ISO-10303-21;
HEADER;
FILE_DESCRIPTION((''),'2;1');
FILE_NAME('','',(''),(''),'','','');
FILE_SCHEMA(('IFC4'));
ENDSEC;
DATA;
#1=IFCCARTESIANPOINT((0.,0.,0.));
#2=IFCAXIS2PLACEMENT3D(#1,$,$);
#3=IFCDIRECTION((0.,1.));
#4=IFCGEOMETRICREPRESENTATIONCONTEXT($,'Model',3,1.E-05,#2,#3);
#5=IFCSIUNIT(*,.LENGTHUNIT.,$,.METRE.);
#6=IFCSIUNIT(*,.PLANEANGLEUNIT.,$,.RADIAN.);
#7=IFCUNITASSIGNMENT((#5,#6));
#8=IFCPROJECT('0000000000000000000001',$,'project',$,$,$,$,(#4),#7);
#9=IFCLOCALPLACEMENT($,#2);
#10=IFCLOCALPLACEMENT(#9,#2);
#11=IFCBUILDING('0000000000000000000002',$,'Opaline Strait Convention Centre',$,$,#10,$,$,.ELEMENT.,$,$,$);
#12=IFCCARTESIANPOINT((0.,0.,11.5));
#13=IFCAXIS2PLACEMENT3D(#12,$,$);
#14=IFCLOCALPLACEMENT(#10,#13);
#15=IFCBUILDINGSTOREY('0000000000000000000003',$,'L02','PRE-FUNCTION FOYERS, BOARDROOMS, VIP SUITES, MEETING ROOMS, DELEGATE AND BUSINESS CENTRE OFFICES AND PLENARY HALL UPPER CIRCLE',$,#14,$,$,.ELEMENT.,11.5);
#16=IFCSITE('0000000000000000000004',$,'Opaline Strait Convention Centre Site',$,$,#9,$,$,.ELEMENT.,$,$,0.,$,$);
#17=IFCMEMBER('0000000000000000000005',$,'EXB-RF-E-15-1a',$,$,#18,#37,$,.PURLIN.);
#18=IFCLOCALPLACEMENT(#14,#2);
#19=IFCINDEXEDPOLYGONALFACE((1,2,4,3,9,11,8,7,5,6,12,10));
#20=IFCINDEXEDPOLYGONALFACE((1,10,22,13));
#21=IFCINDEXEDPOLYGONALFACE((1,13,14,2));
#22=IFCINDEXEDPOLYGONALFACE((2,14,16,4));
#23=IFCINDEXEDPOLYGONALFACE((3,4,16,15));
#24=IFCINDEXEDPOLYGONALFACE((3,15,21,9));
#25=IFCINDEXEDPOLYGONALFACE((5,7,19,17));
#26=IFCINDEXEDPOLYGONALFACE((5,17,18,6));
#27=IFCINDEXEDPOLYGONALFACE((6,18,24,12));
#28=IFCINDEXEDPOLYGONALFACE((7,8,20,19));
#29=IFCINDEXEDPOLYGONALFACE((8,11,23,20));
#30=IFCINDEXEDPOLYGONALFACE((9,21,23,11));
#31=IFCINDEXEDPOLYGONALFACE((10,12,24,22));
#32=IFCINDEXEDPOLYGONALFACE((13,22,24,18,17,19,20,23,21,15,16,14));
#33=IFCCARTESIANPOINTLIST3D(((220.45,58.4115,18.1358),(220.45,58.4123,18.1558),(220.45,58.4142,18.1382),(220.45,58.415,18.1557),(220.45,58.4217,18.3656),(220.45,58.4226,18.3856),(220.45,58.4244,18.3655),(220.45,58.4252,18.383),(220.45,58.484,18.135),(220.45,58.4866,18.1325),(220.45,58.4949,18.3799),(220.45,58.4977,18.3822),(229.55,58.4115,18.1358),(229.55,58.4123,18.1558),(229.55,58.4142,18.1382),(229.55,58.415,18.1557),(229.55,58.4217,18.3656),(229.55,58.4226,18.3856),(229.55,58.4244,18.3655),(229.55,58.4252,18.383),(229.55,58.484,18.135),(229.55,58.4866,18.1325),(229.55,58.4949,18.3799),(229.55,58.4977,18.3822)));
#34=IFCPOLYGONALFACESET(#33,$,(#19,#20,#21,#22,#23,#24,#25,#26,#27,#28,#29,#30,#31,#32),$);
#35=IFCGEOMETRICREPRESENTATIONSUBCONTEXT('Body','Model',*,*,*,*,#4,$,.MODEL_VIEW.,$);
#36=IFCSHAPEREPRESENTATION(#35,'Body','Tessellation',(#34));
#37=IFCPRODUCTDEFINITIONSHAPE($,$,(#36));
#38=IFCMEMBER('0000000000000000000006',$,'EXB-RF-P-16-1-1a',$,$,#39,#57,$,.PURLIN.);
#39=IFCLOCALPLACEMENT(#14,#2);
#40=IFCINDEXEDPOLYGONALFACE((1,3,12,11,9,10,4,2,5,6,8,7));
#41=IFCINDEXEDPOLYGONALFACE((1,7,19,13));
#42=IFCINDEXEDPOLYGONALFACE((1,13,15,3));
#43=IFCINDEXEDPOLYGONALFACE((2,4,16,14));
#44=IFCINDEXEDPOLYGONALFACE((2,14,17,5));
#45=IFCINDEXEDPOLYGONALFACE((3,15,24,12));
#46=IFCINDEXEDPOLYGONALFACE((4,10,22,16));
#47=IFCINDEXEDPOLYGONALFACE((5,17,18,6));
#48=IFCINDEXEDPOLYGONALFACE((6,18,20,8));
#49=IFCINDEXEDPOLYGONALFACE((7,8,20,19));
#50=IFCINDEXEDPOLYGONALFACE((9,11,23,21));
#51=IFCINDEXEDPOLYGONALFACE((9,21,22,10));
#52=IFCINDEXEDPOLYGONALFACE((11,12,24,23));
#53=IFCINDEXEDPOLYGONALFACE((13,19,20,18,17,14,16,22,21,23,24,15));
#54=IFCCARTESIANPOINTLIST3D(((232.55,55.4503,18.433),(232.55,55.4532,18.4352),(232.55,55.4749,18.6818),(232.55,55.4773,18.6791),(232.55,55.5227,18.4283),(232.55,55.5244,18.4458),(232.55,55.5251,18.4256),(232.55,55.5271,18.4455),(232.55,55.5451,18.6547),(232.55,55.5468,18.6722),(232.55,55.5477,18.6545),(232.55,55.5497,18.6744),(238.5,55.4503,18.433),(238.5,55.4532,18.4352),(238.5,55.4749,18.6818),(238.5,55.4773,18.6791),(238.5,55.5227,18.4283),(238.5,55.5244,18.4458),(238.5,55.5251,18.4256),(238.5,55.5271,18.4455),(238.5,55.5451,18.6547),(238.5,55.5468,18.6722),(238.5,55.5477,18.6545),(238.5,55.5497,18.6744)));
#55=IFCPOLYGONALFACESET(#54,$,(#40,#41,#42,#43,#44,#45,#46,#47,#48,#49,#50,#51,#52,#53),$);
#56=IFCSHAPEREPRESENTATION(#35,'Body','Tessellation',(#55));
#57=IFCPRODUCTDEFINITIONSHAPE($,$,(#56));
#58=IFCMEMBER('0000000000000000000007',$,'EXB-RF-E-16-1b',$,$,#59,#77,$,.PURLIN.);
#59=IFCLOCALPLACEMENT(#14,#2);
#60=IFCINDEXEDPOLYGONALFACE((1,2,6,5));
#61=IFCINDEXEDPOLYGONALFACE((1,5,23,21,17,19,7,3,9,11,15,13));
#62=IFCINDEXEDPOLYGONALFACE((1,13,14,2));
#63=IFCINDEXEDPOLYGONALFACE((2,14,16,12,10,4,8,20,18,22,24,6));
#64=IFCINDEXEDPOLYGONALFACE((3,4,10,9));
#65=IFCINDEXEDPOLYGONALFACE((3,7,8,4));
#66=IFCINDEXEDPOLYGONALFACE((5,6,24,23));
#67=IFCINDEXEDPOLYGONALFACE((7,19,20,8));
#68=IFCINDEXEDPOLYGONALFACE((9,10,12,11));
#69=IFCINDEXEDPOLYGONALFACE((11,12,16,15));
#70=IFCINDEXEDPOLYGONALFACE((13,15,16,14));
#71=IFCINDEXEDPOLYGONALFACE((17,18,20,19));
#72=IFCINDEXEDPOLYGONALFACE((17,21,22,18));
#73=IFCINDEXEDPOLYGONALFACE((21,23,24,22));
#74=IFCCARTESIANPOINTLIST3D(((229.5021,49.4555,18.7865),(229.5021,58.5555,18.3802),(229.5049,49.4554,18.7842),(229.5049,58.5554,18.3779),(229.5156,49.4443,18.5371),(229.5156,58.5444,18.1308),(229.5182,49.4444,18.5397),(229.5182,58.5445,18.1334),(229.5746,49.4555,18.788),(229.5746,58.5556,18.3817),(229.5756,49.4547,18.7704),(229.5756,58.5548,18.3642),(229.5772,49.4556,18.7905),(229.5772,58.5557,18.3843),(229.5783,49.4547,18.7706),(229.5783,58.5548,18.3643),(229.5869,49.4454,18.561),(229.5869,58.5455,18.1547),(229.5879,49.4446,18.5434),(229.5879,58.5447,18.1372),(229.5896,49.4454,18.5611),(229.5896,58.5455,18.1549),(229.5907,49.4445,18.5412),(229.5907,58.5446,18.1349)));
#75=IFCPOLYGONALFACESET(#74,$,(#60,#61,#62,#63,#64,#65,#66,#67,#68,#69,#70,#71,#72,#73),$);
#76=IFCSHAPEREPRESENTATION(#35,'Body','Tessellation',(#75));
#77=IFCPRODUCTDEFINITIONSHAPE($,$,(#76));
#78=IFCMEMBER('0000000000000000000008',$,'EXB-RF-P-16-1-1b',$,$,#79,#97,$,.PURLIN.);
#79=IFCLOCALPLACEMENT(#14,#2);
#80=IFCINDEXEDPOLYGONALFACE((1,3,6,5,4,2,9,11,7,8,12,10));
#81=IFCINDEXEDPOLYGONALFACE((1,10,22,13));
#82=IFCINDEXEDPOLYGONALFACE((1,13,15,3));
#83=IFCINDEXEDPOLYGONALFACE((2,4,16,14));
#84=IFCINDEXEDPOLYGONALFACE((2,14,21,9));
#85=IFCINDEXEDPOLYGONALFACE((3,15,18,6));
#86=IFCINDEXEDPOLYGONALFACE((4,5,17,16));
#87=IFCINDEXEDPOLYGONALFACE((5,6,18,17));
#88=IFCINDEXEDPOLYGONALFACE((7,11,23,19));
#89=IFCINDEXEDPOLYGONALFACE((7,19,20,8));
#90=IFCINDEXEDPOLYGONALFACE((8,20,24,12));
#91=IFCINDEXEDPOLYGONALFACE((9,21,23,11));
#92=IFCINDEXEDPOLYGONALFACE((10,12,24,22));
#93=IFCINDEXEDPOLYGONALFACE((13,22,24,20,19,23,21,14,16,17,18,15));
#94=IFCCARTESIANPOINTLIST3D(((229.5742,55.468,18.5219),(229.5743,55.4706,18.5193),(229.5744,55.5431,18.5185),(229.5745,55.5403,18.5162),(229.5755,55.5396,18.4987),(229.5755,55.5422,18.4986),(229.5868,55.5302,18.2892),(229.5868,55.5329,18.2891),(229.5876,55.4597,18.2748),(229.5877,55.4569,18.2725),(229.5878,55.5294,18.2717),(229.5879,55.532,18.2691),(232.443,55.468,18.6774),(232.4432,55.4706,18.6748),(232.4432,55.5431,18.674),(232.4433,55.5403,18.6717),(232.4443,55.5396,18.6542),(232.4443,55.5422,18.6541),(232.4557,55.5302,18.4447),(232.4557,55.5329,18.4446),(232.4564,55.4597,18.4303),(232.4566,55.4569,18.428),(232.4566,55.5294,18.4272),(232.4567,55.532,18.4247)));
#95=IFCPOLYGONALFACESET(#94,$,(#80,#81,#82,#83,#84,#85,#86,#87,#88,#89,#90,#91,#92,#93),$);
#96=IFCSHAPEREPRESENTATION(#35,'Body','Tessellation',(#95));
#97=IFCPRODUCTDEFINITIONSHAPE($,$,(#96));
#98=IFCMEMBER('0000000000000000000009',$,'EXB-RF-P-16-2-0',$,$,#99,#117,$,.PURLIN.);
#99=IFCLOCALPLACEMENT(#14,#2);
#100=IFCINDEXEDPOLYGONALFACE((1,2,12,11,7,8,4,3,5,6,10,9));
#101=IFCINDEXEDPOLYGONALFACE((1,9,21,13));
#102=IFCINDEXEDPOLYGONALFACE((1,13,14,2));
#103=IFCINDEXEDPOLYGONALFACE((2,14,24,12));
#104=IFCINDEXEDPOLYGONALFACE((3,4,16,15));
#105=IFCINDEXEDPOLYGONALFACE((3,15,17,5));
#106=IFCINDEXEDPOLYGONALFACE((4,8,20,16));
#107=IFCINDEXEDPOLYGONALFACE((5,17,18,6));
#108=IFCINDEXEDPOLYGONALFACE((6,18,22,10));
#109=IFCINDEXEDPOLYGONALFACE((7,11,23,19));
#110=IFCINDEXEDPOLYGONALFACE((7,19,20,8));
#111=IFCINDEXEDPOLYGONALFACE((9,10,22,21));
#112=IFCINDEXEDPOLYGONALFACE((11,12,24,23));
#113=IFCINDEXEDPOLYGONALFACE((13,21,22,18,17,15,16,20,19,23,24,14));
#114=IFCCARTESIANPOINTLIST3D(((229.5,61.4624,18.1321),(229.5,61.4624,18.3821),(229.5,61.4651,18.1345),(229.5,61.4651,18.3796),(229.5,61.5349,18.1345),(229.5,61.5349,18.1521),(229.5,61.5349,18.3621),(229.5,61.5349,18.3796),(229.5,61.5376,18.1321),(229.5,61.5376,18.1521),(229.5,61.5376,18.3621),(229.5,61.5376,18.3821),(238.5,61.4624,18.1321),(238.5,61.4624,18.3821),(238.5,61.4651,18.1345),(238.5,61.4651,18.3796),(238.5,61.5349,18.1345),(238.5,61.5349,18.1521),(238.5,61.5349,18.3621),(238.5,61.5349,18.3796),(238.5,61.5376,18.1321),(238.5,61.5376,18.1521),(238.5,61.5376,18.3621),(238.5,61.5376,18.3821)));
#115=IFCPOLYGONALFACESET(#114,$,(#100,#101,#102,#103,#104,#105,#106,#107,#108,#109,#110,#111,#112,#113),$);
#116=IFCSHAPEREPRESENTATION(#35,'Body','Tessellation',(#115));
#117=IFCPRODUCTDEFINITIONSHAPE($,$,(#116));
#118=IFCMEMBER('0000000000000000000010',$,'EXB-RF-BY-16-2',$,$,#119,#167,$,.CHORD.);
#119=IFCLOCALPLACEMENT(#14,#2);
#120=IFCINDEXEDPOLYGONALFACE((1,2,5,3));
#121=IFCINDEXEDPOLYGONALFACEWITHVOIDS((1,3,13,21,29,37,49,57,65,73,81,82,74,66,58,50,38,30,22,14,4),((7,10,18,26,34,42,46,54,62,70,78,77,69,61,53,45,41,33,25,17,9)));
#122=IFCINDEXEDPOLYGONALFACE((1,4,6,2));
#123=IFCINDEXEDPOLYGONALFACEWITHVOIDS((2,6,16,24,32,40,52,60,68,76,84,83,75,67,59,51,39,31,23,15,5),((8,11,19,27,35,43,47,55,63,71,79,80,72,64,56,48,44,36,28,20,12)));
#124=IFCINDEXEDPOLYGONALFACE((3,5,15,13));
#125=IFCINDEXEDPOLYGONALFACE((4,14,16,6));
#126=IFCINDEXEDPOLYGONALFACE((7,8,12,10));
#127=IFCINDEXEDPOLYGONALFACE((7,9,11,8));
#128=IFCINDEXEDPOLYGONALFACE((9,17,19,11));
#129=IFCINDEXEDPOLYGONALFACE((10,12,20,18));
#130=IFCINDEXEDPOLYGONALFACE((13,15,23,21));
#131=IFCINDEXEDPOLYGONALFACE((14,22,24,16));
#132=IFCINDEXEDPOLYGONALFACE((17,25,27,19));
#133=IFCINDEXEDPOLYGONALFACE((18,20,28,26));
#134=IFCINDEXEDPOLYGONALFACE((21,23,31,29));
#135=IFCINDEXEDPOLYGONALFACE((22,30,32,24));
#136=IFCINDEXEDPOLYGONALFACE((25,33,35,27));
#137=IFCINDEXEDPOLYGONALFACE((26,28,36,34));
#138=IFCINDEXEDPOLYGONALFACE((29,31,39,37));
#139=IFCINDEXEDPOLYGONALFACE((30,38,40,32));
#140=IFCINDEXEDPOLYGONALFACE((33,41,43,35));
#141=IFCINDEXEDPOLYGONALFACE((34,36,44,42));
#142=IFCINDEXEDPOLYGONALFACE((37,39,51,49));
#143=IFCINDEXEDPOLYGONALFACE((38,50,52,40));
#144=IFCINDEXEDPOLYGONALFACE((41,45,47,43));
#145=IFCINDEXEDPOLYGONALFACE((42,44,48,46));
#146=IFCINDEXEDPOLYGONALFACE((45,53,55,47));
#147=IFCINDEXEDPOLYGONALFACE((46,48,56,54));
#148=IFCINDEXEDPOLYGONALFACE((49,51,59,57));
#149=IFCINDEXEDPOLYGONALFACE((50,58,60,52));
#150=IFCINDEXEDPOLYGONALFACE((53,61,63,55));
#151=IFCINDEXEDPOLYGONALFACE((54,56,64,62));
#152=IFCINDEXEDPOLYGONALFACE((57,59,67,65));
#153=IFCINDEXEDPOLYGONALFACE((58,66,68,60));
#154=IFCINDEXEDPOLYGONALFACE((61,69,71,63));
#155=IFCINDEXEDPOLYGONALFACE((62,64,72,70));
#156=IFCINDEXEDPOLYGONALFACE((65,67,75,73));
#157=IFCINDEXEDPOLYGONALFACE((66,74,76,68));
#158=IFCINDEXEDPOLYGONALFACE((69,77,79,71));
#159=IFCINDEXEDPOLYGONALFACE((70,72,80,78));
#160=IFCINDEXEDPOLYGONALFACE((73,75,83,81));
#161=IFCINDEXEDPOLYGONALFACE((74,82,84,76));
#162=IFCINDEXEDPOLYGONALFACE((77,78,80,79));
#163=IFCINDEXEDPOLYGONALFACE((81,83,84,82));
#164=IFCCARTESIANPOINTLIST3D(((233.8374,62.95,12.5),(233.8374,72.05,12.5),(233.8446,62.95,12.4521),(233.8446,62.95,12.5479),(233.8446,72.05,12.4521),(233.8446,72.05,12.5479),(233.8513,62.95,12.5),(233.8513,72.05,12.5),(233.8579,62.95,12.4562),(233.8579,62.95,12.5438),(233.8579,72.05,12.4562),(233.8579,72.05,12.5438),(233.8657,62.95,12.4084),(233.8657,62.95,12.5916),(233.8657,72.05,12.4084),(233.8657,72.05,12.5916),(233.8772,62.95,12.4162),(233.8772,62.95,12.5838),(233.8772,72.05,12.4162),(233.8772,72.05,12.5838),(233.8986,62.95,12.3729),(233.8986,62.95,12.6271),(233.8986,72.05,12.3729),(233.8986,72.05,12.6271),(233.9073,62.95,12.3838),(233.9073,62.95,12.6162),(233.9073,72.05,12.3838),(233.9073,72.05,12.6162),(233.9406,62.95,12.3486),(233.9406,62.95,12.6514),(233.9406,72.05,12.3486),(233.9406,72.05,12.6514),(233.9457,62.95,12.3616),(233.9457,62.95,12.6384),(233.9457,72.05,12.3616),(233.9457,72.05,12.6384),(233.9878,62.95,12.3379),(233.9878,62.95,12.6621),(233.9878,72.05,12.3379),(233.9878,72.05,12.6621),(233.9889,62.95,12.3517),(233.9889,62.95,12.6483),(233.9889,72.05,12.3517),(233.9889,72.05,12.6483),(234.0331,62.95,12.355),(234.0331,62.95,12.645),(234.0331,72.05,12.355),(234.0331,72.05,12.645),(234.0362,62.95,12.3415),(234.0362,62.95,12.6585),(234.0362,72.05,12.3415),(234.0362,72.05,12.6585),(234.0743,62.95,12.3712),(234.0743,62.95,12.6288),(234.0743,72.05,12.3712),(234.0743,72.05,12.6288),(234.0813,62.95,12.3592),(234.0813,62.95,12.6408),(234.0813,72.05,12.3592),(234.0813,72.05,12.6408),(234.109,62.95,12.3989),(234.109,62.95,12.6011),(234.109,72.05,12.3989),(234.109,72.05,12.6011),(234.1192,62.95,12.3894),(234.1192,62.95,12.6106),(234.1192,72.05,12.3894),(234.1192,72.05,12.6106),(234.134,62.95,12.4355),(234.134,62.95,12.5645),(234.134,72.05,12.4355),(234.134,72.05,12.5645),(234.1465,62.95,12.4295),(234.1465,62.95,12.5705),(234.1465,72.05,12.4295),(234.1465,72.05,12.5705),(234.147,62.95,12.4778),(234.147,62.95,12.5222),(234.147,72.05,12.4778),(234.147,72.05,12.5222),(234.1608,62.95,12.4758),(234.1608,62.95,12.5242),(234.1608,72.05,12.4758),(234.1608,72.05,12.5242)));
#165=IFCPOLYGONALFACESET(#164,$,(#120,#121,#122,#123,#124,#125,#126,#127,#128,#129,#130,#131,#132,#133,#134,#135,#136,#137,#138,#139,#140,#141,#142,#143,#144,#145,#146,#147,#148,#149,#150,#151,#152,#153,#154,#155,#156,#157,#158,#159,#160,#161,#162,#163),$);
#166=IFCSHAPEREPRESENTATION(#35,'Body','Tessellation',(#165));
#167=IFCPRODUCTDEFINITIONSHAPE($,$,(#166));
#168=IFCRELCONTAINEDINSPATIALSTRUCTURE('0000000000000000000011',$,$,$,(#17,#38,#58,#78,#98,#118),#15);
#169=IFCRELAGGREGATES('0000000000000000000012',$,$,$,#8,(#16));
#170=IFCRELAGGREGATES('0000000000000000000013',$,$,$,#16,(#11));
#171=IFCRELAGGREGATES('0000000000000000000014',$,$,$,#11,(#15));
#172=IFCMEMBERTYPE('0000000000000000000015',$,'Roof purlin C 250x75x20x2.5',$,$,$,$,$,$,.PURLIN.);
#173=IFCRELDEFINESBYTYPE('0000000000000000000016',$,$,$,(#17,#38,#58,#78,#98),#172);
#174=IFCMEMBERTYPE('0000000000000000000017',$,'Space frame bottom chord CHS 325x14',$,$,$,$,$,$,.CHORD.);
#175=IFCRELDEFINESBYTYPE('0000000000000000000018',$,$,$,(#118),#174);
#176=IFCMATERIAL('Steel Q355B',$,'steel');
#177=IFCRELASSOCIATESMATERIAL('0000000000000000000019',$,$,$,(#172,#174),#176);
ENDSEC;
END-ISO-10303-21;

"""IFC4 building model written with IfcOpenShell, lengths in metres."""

from ifc_helpers import new_model, si_unit, direction, frame, origin, origin_2d, place, context, subcontext, project, spatial, polyline, hollow_circle, outline, extrude, material, material_profile, profile_set, type_object, element, save


model = new_model("IFC4")

# Units and contexts
model_context = context("Model", 3, precision=1e-05, world=origin(), true_north=direction((0.0, 1.0)))
body_context = subcontext(model_context, "Body", "Model", "MODEL_VIEW")
ifc_project = project(units=[si_unit("LENGTHUNIT", "METRE"), si_unit("PLANEANGLEUNIT", "RADIAN")], contexts=[model_context])

# Site, building, storey
site_placement = place(None, origin())
site = spatial("IfcSite", under=ifc_project, at=site_placement, Name="Opaline Strait Convention Centre Site", CompositionType="ELEMENT", RefElevation=0.0)
building_placement = place(site_placement, origin())
building = spatial("IfcBuilding", under=site, at=building_placement, Name="Opaline Strait Convention Centre", CompositionType="ELEMENT")
storey_placement = place(building_placement, frame((0.0, 0.0, 11.5)))
storey = spatial("IfcBuildingStorey", under=building, at=storey_placement, Name="L02", Description="PRE-FUNCTION FOYERS, BOARDROOMS, VIP SUITES, MEETING ROOMS, DELEGATE AND BUSINESS CENTRE OFFICES AND PLENARY HALL UPPER CIRCLE", CompositionType="ELEMENT", Elevation=11.5)

# Members
ifc_material_1 = material(Name="Steel Q355B", Category="steel")
ifc_material_profile_1 = material_profile(ifc_material_1, outline(polyline([(-0.0376, -0.125), (0.0376, -0.125), (0.0376, -0.105), (0.0349, -0.105), (0.0349, -0.1226), (-0.0349, -0.1226), (-0.0349, 0.1226), (0.0349, 0.1226), (0.0349, 0.105), (0.0376, 0.105), (0.0376, 0.125), (-0.0376, 0.125), (-0.0376, -0.125)])), Name="C 250x75x20x2.5")
ifc_profile_set_1 = profile_set([ifc_material_profile_1], Name="Steel Q355B")
member_type_1 = type_object("IfcMemberType", Name="Roof purlin C 250x75x20x2.5", PredefinedType="PURLIN", material=ifc_profile_set_1)
member_1_placement = place(storey_placement, frame((229.55, 58.4546, 18.259), z_axis=(-1.0, 0.0, 0.0), x_axis=(0.0, -0.999005, 0.044606)))
element("IfcMember", 1, at=member_1_placement, inside=storey, type_object=member_type_1, Name="EXB-RF-E-15-1a", PredefinedType="PURLIN", context=body_context, shape_type="SweptSolid", body=[
    extrude(outline(polyline([(-0.0376, -0.125), (0.0376, -0.125), (0.0376, -0.105), (0.0349, -0.105), (0.0349, -0.1226), (-0.0349, -0.1226), (-0.0349, 0.1226), (0.0349, 0.1226), (0.0349, 0.105), (0.0376, 0.105), (0.0376, 0.125), (-0.0376, 0.125), (-0.0376, -0.125)])), origin(), (0.0, 0.0, 1.0), 9.1001),
])
member_2_placement = place(storey_placement, frame((232.55, 55.5, 18.5537), z_axis=(1.0, 0.0, 0.0), x_axis=(0.0, 0.995149, -0.098378)))
element("IfcMember", 2, at=member_2_placement, inside=storey, type_object=member_type_1, Name="EXB-RF-P-16-1-1a", PredefinedType="PURLIN", context=body_context, shape_type="SweptSolid", body=[
    extrude(outline(polyline([(-0.0376, -0.125), (0.0376, -0.125), (0.0376, -0.105), (0.0349, -0.105), (0.0349, -0.1226), (-0.0349, -0.1226), (-0.0349, 0.1226), (0.0349, 0.1226), (0.0349, 0.105), (0.0376, 0.105), (0.0376, 0.125), (-0.0376, 0.125), (-0.0376, -0.125)])), origin(), (0.0, 0.0, 1.0), 5.95),
])
member_3_placement = place(storey_placement, frame((229.5464, 58.55, 18.2576), z_axis=(0.0, -0.999005, 0.044598), x_axis=(0.998537, 0.002412, 0.05402)))
element("IfcMember", 3, at=member_3_placement, inside=storey, type_object=member_type_1, Name="EXB-RF-E-16-1b", PredefinedType="PURLIN", context=body_context, shape_type="SweptSolid", body=[
    extrude(outline(polyline([(-0.0376, -0.125), (0.0376, -0.125), (0.0376, -0.105), (0.0349, -0.105), (0.0349, -0.1226), (-0.0349, -0.1226), (-0.0349, 0.1226), (0.0349, 0.1226), (0.0349, 0.105), (0.0376, 0.105), (0.0376, 0.125), (-0.0376, 0.125), (-0.0376, -0.125)])), origin(), (0.0, 0.0, 1.0), 9.1091),
])
member_4_placement = place(storey_placement, frame((229.5811, 55.5, 18.3955), z_axis=(0.998534, 0.0, 0.054129), x_axis=(0.002414, 0.999005, -0.044541)))
element("IfcMember", 4, at=member_4_placement, inside=storey, type_object=member_type_1, Name="EXB-RF-P-16-1-1b", PredefinedType="PURLIN", context=body_context, shape_type="SweptSolid", body=[
    extrude(outline(polyline([(-0.0376, -0.125), (0.0376, -0.125), (0.0376, -0.105), (0.0349, -0.105), (0.0349, -0.1226), (-0.0349, -0.1226), (-0.0349, 0.1226), (0.0349, 0.1226), (0.0349, 0.105), (0.0376, 0.105), (0.0376, 0.125), (-0.0376, 0.125), (-0.0376, -0.125)])), origin(), (0.0, 0.0, 1.0), 2.873),
])
member_5_placement = place(storey_placement, frame((229.5, 61.5, 18.2571), z_axis=(1.0, 0.0, 0.0), x_axis=(0.0, 1.0, 0.0)))
element("IfcMember", 5, at=member_5_placement, inside=storey, type_object=member_type_1, Name="EXB-RF-P-16-2-0", PredefinedType="PURLIN", context=body_context, shape_type="SweptSolid", body=[
    extrude(outline(polyline([(-0.0376, -0.125), (0.0376, -0.125), (0.0376, -0.105), (0.0349, -0.105), (0.0349, -0.1226), (-0.0349, -0.1226), (-0.0349, 0.1226), (0.0349, 0.1226), (0.0349, 0.105), (0.0376, 0.105), (0.0376, 0.125), (-0.0376, 0.125), (-0.0376, -0.125)])), origin(), (0.0, 0.0, 1.0), 9.0),
])
ifc_material_profile_2 = material_profile(ifc_material_1, hollow_circle(Radius=0.1626, WallThickness=0.0139, at=origin_2d()), Name="CHS 325x14")
ifc_profile_set_2 = profile_set([ifc_material_profile_2], Name="Steel Q355B")
member_type_2 = type_object("IfcMemberType", Name="Space frame bottom chord CHS 325x14", PredefinedType="CHORD", material=ifc_profile_set_2)
member_6_placement = place(storey_placement, frame((234.0, 62.95, 12.5), z_axis=(0.0, 1.0, 0.0), x_axis=(-1.0, 0.0, 0.0)))
element("IfcMember", 6, at=member_6_placement, inside=storey, type_object=member_type_2, Name="EXB-RF-BY-16-2", PredefinedType="CHORD", context=body_context, shape_type="SweptSolid", body=[
    extrude(hollow_circle(Radius=0.1626, WallThickness=0.0139, at=origin_2d()), origin(), (0.0, 0.0, 1.0), 9.1001),
])

save(model, "model.ifc")
